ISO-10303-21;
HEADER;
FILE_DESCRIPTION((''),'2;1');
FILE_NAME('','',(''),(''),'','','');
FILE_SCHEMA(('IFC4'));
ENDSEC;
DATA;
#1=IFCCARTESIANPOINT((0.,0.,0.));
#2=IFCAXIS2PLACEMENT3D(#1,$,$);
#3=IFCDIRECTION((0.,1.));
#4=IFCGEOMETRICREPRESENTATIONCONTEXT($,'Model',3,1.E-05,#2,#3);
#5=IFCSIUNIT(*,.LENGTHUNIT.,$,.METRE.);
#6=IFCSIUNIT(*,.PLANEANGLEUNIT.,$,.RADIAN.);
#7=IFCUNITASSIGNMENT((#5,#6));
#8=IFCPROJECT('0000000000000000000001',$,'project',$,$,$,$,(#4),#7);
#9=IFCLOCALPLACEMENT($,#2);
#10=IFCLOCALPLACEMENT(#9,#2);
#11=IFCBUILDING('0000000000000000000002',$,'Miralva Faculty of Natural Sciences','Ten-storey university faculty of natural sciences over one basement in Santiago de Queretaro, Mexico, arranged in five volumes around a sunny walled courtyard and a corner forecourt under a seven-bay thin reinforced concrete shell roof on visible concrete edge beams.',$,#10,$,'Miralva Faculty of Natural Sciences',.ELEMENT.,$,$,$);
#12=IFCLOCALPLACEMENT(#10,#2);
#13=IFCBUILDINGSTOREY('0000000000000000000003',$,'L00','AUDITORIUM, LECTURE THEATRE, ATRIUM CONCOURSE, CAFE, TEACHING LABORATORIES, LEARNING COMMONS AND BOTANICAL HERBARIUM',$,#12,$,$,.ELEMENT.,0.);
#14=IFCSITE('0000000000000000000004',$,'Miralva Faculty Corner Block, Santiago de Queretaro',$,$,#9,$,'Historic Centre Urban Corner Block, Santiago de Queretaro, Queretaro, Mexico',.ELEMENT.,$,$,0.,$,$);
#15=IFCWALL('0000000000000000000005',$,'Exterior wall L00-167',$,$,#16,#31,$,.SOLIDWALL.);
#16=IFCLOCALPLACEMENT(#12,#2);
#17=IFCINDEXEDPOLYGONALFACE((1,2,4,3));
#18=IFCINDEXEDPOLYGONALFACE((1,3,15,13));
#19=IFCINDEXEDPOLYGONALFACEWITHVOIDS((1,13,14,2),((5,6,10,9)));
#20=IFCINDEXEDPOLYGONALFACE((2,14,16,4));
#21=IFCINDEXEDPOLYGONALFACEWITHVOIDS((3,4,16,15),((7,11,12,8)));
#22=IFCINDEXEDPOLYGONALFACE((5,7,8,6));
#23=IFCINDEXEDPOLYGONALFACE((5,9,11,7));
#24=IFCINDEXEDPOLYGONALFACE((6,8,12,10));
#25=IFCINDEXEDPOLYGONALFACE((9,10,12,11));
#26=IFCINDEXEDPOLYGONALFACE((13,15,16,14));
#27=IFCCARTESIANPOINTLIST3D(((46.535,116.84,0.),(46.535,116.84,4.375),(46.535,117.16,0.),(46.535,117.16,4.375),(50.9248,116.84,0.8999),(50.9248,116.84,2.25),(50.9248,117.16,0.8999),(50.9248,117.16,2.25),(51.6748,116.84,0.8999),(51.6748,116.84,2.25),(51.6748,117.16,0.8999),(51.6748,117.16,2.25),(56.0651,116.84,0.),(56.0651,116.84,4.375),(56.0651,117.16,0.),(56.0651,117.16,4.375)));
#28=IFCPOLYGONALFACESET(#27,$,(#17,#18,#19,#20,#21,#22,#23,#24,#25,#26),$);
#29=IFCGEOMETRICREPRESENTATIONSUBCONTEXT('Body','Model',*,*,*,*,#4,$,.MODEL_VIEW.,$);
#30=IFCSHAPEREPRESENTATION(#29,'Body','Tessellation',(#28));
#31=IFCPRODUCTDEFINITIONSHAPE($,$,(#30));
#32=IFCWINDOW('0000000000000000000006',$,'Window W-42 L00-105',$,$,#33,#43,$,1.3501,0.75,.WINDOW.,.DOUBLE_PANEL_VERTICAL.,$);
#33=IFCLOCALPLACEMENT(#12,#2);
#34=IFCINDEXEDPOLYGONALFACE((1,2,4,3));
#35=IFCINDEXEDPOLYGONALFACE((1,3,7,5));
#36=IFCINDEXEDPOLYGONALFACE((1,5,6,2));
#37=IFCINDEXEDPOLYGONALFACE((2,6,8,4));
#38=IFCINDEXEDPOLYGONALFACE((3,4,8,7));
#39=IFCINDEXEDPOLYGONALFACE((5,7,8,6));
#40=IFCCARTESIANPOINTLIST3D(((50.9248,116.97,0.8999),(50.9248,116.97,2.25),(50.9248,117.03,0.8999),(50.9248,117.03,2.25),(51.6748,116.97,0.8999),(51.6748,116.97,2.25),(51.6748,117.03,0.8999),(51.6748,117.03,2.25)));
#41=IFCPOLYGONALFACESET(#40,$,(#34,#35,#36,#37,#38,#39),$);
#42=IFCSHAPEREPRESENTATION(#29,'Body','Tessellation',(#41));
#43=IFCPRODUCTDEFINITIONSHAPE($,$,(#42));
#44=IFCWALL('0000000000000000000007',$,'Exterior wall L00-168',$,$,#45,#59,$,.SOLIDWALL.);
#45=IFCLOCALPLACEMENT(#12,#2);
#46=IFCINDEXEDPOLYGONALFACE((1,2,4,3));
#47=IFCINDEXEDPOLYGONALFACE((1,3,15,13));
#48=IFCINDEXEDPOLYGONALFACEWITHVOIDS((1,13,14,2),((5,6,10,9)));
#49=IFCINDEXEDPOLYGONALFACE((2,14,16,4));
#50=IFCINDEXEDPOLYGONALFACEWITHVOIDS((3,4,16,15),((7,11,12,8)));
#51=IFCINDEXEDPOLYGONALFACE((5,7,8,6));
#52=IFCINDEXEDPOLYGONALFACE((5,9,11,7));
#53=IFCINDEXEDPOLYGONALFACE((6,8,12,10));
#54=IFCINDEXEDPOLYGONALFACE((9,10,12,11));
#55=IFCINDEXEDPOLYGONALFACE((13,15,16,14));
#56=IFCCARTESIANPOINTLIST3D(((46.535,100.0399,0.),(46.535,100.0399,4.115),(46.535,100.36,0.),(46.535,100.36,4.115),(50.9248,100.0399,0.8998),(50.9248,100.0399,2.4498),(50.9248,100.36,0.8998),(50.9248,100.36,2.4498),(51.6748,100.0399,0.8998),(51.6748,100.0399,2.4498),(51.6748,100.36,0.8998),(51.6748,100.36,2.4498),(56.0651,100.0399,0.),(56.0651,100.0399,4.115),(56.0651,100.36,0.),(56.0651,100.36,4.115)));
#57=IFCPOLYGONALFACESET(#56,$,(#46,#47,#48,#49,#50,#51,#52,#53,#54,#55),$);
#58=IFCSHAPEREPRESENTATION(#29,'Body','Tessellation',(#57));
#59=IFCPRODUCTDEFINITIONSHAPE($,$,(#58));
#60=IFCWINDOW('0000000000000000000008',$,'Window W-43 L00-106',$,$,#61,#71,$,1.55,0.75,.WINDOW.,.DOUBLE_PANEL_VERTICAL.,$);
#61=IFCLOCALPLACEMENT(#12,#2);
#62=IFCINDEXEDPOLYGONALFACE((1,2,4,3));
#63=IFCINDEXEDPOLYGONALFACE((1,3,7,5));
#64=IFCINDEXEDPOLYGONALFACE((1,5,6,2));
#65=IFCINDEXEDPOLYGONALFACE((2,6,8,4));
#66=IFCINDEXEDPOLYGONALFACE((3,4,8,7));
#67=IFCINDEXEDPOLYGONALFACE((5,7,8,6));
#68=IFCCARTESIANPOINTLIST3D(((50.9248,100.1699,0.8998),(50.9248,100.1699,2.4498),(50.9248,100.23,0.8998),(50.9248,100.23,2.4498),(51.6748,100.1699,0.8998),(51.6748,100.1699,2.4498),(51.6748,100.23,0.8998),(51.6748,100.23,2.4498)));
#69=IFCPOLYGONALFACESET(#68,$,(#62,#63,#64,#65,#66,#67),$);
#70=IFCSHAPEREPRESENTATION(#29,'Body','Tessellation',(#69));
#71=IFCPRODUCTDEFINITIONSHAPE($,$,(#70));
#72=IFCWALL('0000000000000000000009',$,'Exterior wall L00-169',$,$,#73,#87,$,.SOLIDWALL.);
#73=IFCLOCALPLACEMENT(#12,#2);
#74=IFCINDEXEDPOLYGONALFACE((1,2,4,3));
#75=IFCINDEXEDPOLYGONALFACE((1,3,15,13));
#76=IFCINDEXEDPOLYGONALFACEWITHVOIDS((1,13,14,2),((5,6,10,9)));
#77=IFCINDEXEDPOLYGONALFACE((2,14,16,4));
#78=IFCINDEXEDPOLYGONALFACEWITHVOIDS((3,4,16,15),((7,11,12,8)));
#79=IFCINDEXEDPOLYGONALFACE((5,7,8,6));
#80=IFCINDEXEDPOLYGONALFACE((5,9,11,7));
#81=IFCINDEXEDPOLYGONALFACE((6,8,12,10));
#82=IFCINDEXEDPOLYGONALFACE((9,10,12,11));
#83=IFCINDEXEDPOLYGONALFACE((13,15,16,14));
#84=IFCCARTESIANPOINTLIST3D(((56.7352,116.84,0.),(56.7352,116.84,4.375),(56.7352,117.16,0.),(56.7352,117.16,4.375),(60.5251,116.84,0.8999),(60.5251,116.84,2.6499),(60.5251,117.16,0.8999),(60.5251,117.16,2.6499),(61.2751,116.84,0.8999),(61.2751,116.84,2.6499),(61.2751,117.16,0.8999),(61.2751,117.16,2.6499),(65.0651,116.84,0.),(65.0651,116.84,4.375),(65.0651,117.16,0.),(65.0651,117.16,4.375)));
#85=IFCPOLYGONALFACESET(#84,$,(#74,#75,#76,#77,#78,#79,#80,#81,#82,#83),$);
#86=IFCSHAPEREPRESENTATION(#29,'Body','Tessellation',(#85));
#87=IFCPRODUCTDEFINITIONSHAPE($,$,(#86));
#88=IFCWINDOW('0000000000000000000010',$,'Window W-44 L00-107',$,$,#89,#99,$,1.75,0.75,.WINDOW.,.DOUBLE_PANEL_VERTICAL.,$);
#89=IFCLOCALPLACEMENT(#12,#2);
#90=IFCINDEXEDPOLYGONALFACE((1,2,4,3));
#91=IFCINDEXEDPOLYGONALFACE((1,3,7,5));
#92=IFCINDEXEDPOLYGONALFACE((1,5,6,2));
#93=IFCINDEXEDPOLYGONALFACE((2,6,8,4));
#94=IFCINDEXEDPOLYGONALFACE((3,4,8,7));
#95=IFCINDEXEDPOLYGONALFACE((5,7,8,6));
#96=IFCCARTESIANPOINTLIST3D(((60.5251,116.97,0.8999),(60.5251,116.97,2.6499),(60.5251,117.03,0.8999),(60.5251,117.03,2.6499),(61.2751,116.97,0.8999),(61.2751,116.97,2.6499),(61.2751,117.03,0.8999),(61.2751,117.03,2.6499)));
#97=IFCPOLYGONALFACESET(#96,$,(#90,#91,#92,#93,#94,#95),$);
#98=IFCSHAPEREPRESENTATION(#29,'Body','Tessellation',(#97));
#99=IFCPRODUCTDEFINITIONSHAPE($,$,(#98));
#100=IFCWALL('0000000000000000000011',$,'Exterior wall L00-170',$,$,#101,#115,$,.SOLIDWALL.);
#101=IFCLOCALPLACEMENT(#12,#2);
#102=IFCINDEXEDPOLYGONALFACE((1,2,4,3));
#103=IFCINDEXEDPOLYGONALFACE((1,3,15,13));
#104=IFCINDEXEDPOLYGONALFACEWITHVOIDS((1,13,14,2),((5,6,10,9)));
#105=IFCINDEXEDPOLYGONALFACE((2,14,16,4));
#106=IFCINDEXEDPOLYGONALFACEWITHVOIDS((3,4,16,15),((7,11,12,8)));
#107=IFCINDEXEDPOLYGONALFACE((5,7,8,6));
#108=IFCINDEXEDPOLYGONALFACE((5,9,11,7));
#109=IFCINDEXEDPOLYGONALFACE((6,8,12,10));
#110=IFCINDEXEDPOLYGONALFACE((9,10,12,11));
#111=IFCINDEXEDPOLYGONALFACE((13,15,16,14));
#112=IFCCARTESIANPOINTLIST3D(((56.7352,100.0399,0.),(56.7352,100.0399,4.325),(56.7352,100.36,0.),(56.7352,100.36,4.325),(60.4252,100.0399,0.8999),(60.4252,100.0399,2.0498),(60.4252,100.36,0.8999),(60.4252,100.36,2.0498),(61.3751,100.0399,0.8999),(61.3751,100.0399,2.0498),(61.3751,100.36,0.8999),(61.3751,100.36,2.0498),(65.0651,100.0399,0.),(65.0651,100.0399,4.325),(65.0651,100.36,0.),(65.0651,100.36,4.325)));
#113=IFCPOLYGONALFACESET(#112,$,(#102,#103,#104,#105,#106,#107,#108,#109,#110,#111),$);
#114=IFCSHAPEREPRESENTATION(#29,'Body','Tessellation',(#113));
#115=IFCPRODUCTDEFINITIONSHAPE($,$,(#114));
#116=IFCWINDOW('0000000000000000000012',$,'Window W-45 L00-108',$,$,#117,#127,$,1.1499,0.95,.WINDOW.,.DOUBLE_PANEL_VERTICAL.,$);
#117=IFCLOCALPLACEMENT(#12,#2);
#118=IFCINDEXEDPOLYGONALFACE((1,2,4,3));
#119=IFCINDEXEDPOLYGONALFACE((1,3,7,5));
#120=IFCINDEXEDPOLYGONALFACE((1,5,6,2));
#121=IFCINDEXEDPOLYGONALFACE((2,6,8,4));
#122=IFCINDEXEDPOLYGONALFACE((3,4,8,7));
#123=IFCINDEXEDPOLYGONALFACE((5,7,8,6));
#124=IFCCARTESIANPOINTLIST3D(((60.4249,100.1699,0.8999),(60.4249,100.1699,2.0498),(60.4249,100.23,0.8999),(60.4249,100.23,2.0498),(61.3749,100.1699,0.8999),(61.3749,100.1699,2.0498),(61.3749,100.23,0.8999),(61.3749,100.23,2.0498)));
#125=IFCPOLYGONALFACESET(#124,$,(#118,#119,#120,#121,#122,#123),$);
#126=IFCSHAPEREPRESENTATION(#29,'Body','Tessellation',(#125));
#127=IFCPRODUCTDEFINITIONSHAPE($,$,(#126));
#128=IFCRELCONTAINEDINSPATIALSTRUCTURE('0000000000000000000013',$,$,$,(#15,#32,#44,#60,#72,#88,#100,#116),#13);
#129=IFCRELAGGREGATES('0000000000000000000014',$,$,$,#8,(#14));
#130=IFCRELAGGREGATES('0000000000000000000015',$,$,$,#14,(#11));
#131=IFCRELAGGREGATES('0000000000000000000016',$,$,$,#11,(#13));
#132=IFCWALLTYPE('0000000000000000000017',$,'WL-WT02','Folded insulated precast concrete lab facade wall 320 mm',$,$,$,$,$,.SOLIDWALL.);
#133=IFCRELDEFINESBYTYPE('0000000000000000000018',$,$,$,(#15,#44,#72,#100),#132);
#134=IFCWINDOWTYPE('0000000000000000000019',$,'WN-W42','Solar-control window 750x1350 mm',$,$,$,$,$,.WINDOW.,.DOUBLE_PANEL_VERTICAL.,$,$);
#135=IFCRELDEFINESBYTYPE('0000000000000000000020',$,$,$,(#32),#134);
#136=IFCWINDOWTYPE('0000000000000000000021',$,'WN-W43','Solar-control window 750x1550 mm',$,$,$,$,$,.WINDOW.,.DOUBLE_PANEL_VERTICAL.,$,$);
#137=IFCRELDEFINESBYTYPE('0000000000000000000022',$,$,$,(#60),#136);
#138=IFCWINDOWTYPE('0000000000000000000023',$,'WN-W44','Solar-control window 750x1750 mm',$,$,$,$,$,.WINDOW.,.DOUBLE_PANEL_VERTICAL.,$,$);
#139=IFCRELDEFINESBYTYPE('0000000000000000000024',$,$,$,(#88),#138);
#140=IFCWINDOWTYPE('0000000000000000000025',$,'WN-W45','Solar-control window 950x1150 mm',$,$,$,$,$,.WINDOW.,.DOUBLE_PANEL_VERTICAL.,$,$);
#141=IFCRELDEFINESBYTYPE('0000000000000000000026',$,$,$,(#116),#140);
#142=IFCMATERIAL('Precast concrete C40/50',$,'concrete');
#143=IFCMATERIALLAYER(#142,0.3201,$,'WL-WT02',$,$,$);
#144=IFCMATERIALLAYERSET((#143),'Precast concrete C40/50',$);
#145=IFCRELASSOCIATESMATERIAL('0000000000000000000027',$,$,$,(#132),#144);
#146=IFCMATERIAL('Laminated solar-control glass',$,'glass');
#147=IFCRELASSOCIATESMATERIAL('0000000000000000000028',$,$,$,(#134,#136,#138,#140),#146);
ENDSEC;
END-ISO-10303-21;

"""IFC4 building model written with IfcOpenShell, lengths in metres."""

from ifc_helpers import new_model, si_unit, direction, frame, frame_2d, origin, place, context, subcontext, project, spatial, rectangle, extrude, material, layer, layer_set, type_object, element, fill, save


model = new_model("IFC4")

# Units and contexts
model_context = context("Model", 3, precision=1e-05, world=origin(), true_north=direction((0.0, 1.0)))
body_context = subcontext(model_context, "Body", "Model", "MODEL_VIEW")
ifc_project = project(units=[si_unit("LENGTHUNIT", "METRE"), si_unit("PLANEANGLEUNIT", "RADIAN")], contexts=[model_context])

# Site, building, storey
site_placement = place(None, origin())
site = spatial("IfcSite", under=ifc_project, at=site_placement, Name="Miralva Faculty Corner Block, Santiago de Queretaro", LongName="Historic Centre Urban Corner Block, Santiago de Queretaro, Queretaro, Mexico", CompositionType="ELEMENT", RefElevation=0.0)
building_placement = place(site_placement, origin())
building = spatial("IfcBuilding", under=site, at=building_placement, Name="Miralva Faculty of Natural Sciences", Description="Ten-storey university faculty of natural sciences over one basement in Santiago de Queretaro, Mexico, arranged in five volumes around a sunny walled courtyard and a corner forecourt under a seven-bay thin reinforced concrete shell roof on visible concrete edge beams.", LongName="Miralva Faculty of Natural Sciences", CompositionType="ELEMENT")
storey_placement = place(building_placement, origin())
storey = spatial("IfcBuildingStorey", under=building, at=storey_placement, Name="L00", Description="AUDITORIUM, LECTURE THEATRE, ATRIUM CONCOURSE, CAFE, TEACHING LABORATORIES, LEARNING COMMONS AND BOTANICAL HERBARIUM", CompositionType="ELEMENT", Elevation=0.0)

# Walls, openings, windows
ifc_material_1 = material(Name="Precast concrete C40/50", Category="concrete")
ifc_layer_1 = layer(ifc_material_1, 0.3201, Name="WL-WT02")
ifc_layer_set_1 = layer_set([ifc_layer_1], Name="Precast concrete C40/50")
wall_type_1 = type_object("IfcWallType", Name="WL-WT02", Description="Folded insulated precast concrete lab facade wall 320 mm", PredefinedType="SOLIDWALL", material=ifc_layer_set_1)
wall_1_placement = place(storey_placement, frame((46.5349, 117.0, 0.0), z_axis=(0.0, 0.0, 1.0), x_axis=(1.0, 0.0, 0.0)))
wall_1 = element("IfcWall", 1, at=wall_1_placement, inside=storey, type_object=wall_type_1, Name="Exterior wall L00-167", PredefinedType="SOLIDWALL", context=body_context, shape_type="SweptSolid", body=[
    extrude(rectangle(XDim=9.53, YDim=0.3201, at=frame_2d((4.7651, 0.0))), origin(), (0.0, 0.0, 1.0), 4.375),
])
opening_1_placement = place(wall_1_placement, frame((4.3899, 0.0, 0.8999)))
opening_1 = element("IfcOpeningElement", 2, at=opening_1_placement, cuts=wall_1, PredefinedType="OPENING", context=body_context, shape_type="SweptSolid", body=[
    extrude(rectangle(XDim=0.75, YDim=1.3501, at=frame_2d((0.375, 0.675))), frame((0.0, 0.1699, 0.0), z_axis=(0.0, -1.0, 0.0), x_axis=(1.0, 0.0, 0.0)), (0.0, 0.0, 1.0), 0.3401),
])
ifc_material_2 = material(Name="Laminated solar-control glass", Category="glass")
window_type_1 = type_object("IfcWindowType", Name="WN-W42", Description="Solar-control window 750x1350 mm", PartitioningType="DOUBLE_PANEL_VERTICAL", PredefinedType="WINDOW", material=ifc_material_2)
window_1_placement = place(opening_1_placement, origin())
window_1 = element("IfcWindow", 3, at=window_1_placement, inside=storey, type_object=window_type_1, Name="Window W-42 L00-105", OverallHeight=1.3501, OverallWidth=0.75, PartitioningType="DOUBLE_PANEL_VERTICAL", PredefinedType="WINDOW", context=body_context, shape_type="SweptSolid", body=[
    extrude(rectangle(XDim=0.75, YDim=1.3501, at=frame_2d((0.375, 0.675))), frame((0.0, 0.03, 0.0), z_axis=(0.0, -1.0, 0.0), x_axis=(1.0, 0.0, 0.0)), (0.0, 0.0, 1.0), 0.0601),
])
fill(opening_1, window_1)
wall_2_placement = place(storey_placement, frame((46.5349, 100.2, 0.0), z_axis=(0.0, 0.0, 1.0), x_axis=(1.0, 0.0, 0.0)))
wall_2 = element("IfcWall", 4, at=wall_2_placement, inside=storey, type_object=wall_type_1, Name="Exterior wall L00-168", PredefinedType="SOLIDWALL", context=body_context, shape_type="SweptSolid", body=[
    extrude(rectangle(XDim=9.53, YDim=0.3201, at=frame_2d((4.7651, 0.0))), origin(), (0.0, 0.0, 1.0), 4.115),
])
opening_2_placement = place(wall_2_placement, frame((4.3899, 0.0, 0.8999)))
opening_2 = element("IfcOpeningElement", 5, at=opening_2_placement, cuts=wall_2, PredefinedType="OPENING", context=body_context, shape_type="SweptSolid", body=[
    extrude(rectangle(XDim=0.75, YDim=1.55, at=frame_2d((0.375, 0.7749))), frame((0.0, 0.1699, 0.0), z_axis=(0.0, -1.0, 0.0), x_axis=(1.0, 0.0, 0.0)), (0.0, 0.0, 1.0), 0.3401),
])
window_type_2 = type_object("IfcWindowType", Name="WN-W43", Description="Solar-control window 750x1550 mm", PartitioningType="DOUBLE_PANEL_VERTICAL", PredefinedType="WINDOW", material=ifc_material_2)
window_2_placement = place(opening_2_placement, frame((0.75, 0.0, 0.0), z_axis=(0.0, 0.0, 1.0), x_axis=(-1.0, 0.0, 0.0)))
window_2 = element("IfcWindow", 6, at=window_2_placement, inside=storey, type_object=window_type_2, Name="Window W-43 L00-106", OverallHeight=1.55, OverallWidth=0.75, PartitioningType="DOUBLE_PANEL_VERTICAL", PredefinedType="WINDOW", context=body_context, shape_type="SweptSolid", body=[
    extrude(rectangle(XDim=0.75, YDim=1.55, at=frame_2d((0.375, 0.7749))), frame((0.0, 0.03, 0.0), z_axis=(0.0, -1.0, 0.0), x_axis=(1.0, 0.0, 0.0)), (0.0, 0.0, 1.0), 0.0601),
])
fill(opening_2, window_2)
wall_3_placement = place(storey_placement, frame((56.7351, 117.0, 0.0), z_axis=(0.0, 0.0, 1.0), x_axis=(1.0, 0.0, 0.0)))
wall_3 = element("IfcWall", 7, at=wall_3_placement, inside=storey, type_object=wall_type_1, Name="Exterior wall L00-169", PredefinedType="SOLIDWALL", context=body_context, shape_type="SweptSolid", body=[
    extrude(rectangle(XDim=8.3298, YDim=0.3201, at=frame_2d((4.165, 0.0))), origin(), (0.0, 0.0, 1.0), 4.375),
])
opening_3_placement = place(wall_3_placement, frame((3.79, 0.0, 0.8999)))
opening_3 = element("IfcOpeningElement", 8, at=opening_3_placement, cuts=wall_3, PredefinedType="OPENING", context=body_context, shape_type="SweptSolid", body=[
    extrude(rectangle(XDim=0.75, YDim=1.75, at=frame_2d((0.375, 0.875))), frame((0.0, 0.1699, 0.0), z_axis=(0.0, -1.0, 0.0), x_axis=(1.0, 0.0, 0.0)), (0.0, 0.0, 1.0), 0.3401),
])
window_type_3 = type_object("IfcWindowType", Name="WN-W44", Description="Solar-control window 750x1750 mm", PartitioningType="DOUBLE_PANEL_VERTICAL", PredefinedType="WINDOW", material=ifc_material_2)
window_3_placement = place(opening_3_placement, origin())
window_3 = element("IfcWindow", 9, at=window_3_placement, inside=storey, type_object=window_type_3, Name="Window W-44 L00-107", OverallHeight=1.75, OverallWidth=0.75, PartitioningType="DOUBLE_PANEL_VERTICAL", PredefinedType="WINDOW", context=body_context, shape_type="SweptSolid", body=[
    extrude(rectangle(XDim=0.75, YDim=1.75, at=frame_2d((0.375, 0.875))), frame((0.0, 0.03, 0.0), z_axis=(0.0, -1.0, 0.0), x_axis=(1.0, 0.0, 0.0)), (0.0, 0.0, 1.0), 0.0601),
])
fill(opening_3, window_3)
wall_4_placement = place(storey_placement, frame((56.7351, 100.2, 0.0), z_axis=(0.0, 0.0, 1.0), x_axis=(1.0, 0.0, 0.0)))
wall_4 = element("IfcWall", 10, at=wall_4_placement, inside=storey, type_object=wall_type_1, Name="Exterior wall L00-170", PredefinedType="SOLIDWALL", context=body_context, shape_type="SweptSolid", body=[
    extrude(rectangle(XDim=8.3298, YDim=0.3201, at=frame_2d((4.165, 0.0))), origin(), (0.0, 0.0, 1.0), 4.325),
])
opening_4_placement = place(wall_4_placement, frame((3.6899, 0.0, 0.8999)))
opening_4 = element("IfcOpeningElement", 11, at=opening_4_placement, cuts=wall_4, PredefinedType="OPENING", context=body_context, shape_type="SweptSolid", body=[
    extrude(rectangle(XDim=0.95, YDim=1.1499, at=frame_2d((0.4751, 0.575))), frame((0.0, 0.1699, 0.0), z_axis=(0.0, -1.0, 0.0), x_axis=(1.0, 0.0, 0.0)), (0.0, 0.0, 1.0), 0.3401),
])
window_type_4 = type_object("IfcWindowType", Name="WN-W45", Description="Solar-control window 950x1150 mm", PartitioningType="DOUBLE_PANEL_VERTICAL", PredefinedType="WINDOW", material=ifc_material_2)
window_4_placement = place(opening_4_placement, frame((0.95, 0.0, 0.0), z_axis=(0.0, 0.0, 1.0), x_axis=(-1.0, 0.0, 0.0)))
window_4 = element("IfcWindow", 12, at=window_4_placement, inside=storey, type_object=window_type_4, Name="Window W-45 L00-108", OverallHeight=1.1499, OverallWidth=0.95, PartitioningType="DOUBLE_PANEL_VERTICAL", PredefinedType="WINDOW", context=body_context, shape_type="SweptSolid", body=[
    extrude(rectangle(XDim=0.95, YDim=1.1499, at=frame_2d((0.4751, 0.575))), frame((0.0, 0.03, 0.0), z_axis=(0.0, -1.0, 0.0), x_axis=(1.0, 0.0, 0.0)), (0.0, 0.0, 1.0), 0.0601),
])
fill(opening_4, window_4)

save(model, "model.ifc")
